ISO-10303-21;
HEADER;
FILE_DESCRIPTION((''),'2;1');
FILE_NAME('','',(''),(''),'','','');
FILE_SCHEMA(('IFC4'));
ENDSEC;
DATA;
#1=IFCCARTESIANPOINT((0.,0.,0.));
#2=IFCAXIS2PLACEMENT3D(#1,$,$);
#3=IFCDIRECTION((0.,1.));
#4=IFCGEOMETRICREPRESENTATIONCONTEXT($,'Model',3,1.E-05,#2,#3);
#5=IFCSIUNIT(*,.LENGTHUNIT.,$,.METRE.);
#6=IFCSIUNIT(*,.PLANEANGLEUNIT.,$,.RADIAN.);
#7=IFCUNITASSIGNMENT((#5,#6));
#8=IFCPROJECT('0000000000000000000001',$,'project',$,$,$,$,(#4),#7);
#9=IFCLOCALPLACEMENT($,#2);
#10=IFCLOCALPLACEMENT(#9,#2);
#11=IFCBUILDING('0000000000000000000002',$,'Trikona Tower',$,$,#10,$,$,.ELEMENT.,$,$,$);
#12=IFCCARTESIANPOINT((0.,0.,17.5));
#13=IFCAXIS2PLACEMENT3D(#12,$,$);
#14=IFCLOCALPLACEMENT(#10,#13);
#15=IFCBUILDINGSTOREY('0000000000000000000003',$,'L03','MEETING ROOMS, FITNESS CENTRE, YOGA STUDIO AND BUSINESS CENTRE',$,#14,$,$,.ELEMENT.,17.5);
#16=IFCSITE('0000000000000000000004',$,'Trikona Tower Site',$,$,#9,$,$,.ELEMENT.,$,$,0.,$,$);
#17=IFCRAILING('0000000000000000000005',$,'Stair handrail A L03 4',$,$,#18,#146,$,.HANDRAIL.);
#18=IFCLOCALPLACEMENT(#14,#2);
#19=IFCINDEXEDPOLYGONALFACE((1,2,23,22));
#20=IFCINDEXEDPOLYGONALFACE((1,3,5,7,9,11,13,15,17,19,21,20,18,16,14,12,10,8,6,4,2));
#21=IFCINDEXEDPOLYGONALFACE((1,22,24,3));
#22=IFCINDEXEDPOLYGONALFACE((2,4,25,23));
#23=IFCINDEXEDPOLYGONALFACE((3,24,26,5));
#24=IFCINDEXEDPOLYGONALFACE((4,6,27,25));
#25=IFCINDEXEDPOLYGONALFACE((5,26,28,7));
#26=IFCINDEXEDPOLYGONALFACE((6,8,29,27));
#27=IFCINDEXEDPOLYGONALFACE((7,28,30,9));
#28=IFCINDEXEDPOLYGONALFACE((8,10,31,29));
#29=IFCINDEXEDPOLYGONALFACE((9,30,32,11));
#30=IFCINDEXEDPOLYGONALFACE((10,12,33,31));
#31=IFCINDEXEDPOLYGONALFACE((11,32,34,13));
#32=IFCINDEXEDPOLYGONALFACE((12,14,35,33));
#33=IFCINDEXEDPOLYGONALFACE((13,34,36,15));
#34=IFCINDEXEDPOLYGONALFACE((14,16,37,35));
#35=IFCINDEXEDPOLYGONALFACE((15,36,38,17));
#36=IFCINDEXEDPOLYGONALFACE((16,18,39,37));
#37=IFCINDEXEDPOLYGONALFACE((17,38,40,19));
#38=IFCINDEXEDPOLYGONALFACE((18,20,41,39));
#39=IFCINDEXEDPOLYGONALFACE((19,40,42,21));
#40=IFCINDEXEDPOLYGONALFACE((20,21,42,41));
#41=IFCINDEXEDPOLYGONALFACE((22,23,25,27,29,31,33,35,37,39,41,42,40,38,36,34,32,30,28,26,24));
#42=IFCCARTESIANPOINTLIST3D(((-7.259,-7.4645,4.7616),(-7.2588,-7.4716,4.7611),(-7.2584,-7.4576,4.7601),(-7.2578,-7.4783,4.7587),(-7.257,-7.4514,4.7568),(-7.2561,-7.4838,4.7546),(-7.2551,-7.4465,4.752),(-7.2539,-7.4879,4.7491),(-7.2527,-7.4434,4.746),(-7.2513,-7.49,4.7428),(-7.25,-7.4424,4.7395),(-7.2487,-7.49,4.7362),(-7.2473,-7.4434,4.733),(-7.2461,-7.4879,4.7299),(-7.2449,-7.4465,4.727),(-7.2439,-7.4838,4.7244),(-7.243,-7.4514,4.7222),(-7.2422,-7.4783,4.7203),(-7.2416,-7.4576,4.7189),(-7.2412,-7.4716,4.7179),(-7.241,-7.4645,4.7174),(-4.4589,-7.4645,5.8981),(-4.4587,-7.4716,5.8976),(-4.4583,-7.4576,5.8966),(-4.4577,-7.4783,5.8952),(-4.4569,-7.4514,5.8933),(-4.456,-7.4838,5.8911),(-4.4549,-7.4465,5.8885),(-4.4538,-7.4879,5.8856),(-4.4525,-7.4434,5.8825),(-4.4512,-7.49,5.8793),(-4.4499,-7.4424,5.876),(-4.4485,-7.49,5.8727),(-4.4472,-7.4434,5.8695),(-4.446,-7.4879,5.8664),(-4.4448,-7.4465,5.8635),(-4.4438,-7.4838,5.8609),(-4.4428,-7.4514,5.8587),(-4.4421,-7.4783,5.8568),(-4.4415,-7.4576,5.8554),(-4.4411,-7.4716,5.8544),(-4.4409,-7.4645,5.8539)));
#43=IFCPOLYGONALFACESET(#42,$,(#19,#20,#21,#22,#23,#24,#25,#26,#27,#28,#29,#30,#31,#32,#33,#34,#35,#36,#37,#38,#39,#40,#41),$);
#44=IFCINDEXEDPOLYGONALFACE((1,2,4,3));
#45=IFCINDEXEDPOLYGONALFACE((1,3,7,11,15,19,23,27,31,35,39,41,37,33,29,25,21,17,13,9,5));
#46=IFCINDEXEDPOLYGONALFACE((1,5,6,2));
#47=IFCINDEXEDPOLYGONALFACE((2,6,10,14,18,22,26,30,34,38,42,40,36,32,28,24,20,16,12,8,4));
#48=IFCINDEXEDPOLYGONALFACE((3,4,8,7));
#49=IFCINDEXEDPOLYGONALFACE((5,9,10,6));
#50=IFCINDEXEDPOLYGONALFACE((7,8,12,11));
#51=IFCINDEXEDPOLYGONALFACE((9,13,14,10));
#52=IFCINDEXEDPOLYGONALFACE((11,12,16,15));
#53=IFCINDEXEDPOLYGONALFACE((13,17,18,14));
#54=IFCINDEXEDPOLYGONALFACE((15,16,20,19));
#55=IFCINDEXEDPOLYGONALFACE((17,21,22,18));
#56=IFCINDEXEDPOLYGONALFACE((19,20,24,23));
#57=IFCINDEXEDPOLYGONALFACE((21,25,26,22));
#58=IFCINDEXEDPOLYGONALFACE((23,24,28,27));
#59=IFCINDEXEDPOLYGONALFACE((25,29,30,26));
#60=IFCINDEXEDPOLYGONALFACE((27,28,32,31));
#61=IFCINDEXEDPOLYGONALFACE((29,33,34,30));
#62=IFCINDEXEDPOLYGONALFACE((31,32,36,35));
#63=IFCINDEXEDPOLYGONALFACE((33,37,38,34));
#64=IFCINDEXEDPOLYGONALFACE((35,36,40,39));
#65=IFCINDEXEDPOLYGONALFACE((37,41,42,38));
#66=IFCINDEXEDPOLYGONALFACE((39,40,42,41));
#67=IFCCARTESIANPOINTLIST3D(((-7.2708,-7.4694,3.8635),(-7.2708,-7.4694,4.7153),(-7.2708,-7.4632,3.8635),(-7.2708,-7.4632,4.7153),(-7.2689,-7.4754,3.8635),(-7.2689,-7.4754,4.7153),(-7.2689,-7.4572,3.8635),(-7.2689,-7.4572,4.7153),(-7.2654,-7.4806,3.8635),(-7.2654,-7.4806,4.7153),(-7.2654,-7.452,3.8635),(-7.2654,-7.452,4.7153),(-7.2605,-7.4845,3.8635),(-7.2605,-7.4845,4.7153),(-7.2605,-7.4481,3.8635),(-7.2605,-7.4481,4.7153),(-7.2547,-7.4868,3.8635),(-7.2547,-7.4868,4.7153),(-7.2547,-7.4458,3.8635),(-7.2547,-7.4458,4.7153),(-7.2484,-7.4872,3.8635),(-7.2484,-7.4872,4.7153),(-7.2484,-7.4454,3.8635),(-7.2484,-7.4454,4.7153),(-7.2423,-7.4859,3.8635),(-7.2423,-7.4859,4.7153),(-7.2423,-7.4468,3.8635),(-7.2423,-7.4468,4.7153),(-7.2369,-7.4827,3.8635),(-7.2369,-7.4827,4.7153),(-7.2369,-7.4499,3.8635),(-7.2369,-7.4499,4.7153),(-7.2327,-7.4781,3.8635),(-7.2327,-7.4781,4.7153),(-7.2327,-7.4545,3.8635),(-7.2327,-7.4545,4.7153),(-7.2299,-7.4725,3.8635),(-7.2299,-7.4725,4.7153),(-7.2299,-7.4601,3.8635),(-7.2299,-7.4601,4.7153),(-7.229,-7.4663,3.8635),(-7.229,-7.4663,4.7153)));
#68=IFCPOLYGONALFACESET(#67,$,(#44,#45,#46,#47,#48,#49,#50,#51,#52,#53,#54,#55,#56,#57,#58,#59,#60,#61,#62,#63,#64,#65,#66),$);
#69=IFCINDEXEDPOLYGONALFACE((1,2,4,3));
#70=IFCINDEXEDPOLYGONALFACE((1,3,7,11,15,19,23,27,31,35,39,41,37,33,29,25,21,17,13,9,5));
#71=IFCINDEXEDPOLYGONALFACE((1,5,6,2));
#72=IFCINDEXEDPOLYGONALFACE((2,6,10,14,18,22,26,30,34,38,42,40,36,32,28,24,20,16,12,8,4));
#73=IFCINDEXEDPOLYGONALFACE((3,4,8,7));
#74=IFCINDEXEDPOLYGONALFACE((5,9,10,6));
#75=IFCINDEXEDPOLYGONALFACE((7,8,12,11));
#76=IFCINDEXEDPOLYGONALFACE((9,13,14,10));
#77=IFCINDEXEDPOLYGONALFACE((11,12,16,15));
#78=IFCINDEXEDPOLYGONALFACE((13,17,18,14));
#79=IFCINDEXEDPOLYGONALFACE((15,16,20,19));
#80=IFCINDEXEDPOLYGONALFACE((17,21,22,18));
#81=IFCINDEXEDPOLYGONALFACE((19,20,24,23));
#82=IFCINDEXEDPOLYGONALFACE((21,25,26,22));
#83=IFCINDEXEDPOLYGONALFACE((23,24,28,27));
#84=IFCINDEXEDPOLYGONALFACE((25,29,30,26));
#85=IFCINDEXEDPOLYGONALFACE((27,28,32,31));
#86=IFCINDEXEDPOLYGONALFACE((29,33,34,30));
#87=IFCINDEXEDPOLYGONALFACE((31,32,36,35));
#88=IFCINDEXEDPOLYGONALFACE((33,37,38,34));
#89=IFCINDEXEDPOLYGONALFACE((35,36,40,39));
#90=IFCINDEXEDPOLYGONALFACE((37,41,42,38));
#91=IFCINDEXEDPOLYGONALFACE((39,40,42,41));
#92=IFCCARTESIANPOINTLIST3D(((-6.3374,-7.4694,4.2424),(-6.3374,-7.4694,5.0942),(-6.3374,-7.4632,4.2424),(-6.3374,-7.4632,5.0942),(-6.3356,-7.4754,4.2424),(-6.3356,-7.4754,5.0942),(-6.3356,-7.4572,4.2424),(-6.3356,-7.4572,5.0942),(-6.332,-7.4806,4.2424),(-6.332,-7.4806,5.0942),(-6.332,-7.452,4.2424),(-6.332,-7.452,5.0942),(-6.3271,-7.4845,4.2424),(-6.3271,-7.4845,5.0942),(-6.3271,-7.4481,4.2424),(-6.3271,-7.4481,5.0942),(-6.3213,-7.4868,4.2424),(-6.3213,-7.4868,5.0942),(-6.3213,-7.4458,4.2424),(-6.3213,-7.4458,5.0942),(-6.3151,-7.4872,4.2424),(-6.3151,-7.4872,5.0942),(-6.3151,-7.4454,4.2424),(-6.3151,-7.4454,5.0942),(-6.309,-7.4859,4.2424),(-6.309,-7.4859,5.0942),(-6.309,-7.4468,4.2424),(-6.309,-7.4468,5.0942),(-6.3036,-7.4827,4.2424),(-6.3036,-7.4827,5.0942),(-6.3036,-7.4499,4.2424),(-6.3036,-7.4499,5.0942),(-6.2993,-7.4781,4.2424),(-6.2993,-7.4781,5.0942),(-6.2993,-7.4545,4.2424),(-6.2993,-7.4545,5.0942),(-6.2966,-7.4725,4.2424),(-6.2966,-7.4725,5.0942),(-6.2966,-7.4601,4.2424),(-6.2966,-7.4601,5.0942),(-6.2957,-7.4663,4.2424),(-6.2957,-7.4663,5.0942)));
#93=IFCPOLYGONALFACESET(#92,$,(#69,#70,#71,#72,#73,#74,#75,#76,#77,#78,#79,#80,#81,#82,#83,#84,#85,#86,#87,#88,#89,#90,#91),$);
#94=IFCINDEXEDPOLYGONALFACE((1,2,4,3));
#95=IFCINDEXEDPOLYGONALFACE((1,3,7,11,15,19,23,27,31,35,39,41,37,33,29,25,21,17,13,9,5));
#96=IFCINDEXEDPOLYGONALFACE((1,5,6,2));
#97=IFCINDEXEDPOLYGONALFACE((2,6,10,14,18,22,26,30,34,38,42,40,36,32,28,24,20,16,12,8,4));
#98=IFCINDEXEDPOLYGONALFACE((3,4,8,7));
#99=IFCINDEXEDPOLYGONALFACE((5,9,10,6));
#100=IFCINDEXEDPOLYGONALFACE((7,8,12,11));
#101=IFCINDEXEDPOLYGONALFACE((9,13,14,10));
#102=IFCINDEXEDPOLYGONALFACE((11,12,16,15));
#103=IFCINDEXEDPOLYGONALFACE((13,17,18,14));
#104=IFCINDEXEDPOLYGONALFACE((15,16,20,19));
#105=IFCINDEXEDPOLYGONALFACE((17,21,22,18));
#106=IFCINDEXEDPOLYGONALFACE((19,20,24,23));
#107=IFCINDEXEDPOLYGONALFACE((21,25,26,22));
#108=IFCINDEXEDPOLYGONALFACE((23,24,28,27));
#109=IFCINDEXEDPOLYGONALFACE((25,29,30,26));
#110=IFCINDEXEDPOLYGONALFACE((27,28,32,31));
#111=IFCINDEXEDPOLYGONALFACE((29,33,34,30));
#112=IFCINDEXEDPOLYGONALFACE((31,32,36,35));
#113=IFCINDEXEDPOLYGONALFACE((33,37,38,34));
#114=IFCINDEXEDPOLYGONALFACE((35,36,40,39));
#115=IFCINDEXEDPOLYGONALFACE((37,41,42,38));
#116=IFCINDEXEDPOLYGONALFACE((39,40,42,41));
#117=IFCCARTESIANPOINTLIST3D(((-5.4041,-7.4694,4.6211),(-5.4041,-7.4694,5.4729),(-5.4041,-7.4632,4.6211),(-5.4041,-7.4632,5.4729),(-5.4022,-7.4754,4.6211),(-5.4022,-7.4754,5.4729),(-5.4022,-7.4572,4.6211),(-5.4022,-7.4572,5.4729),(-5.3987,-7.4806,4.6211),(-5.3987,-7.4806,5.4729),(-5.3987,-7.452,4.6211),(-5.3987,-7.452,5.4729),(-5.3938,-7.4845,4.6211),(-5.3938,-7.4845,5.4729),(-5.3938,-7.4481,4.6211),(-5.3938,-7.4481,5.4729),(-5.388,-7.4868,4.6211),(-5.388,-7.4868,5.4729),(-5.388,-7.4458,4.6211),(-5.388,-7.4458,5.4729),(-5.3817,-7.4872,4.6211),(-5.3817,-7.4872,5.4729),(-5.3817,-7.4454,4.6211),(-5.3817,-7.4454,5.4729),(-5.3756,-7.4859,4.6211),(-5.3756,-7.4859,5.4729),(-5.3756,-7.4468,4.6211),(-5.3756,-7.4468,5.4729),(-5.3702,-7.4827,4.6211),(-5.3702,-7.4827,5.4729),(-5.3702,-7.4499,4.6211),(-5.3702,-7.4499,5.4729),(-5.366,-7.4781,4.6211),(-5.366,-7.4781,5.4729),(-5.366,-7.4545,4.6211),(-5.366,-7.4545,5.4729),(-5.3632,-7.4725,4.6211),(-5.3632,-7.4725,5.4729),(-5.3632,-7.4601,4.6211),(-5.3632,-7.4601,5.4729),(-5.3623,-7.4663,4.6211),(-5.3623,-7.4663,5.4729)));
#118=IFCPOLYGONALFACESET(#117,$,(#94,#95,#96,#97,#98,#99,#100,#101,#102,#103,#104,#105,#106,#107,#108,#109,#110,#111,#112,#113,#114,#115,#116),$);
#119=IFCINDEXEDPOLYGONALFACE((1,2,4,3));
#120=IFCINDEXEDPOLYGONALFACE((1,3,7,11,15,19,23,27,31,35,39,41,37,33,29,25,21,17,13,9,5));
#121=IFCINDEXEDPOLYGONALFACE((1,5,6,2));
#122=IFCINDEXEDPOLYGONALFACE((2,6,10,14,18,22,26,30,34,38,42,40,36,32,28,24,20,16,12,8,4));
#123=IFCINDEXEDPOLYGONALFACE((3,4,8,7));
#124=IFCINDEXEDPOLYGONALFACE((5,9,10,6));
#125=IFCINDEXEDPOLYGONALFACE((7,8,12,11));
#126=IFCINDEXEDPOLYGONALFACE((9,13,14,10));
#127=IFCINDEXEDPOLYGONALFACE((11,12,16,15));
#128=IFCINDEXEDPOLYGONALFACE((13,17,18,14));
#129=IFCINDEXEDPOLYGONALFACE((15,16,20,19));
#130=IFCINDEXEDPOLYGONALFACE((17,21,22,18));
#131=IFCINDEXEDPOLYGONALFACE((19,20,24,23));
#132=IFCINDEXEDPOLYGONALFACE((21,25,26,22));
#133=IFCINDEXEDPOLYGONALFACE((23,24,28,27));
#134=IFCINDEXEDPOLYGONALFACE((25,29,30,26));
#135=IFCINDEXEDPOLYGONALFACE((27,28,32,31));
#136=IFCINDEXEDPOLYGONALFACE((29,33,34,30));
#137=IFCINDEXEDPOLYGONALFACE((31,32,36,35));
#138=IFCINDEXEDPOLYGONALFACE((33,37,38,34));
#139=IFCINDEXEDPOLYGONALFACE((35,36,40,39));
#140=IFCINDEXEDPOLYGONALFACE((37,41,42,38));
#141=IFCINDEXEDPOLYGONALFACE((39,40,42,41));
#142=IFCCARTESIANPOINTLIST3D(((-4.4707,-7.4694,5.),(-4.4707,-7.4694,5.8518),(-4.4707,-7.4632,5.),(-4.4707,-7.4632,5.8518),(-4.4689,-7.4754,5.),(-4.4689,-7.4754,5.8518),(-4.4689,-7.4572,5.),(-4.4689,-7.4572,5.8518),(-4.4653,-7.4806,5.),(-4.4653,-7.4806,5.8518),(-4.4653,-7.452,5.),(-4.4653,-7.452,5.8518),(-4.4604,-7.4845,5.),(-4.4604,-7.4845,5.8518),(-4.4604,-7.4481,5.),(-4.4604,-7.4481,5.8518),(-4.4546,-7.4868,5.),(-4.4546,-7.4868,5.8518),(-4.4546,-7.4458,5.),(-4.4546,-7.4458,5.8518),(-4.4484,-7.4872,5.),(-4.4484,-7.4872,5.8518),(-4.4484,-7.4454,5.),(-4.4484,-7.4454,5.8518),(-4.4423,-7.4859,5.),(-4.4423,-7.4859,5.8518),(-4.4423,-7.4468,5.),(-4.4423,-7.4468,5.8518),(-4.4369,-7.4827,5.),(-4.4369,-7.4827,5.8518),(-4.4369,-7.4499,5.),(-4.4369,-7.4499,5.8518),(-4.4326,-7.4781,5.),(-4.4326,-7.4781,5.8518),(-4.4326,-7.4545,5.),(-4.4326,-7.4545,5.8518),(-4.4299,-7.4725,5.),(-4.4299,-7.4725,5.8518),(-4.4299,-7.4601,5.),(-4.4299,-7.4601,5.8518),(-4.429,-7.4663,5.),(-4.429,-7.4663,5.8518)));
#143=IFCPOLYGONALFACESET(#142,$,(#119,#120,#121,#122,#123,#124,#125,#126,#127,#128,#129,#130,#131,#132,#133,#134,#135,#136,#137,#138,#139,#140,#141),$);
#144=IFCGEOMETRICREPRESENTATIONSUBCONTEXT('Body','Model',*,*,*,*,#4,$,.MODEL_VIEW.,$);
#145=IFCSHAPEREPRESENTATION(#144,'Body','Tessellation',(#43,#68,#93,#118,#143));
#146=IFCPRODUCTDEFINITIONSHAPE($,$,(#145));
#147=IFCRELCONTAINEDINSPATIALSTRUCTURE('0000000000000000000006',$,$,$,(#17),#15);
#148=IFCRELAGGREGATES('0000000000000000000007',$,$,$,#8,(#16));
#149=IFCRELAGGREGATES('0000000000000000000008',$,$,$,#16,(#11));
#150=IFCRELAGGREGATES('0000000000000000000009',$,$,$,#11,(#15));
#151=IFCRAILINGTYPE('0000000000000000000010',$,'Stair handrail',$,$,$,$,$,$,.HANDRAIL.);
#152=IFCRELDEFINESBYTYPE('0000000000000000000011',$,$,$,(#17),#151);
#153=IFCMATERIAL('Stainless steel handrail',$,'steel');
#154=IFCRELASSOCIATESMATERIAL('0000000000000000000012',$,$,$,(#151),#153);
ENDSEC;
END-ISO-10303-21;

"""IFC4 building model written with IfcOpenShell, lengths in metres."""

from ifc_helpers import new_model, si_unit, direction, frame, origin, origin_2d, place, context, subcontext, project, spatial, circle, extrude, material, type_object, element, save


model = new_model("IFC4")

# Units and contexts
model_context = context("Model", 3, precision=1e-05, world=origin(), true_north=direction((0.0, 1.0)))
body_context = subcontext(model_context, "Body", "Model", "MODEL_VIEW")
ifc_project = project(units=[si_unit("LENGTHUNIT", "METRE"), si_unit("PLANEANGLEUNIT", "RADIAN")], contexts=[model_context])

# Site, building, storey
site_placement = place(None, origin())
site = spatial("IfcSite", under=ifc_project, at=site_placement, Name="Trikona Tower Site", CompositionType="ELEMENT", RefElevation=0.0)
building_placement = place(site_placement, origin())
building = spatial("IfcBuilding", under=site, at=building_placement, Name="Trikona Tower", CompositionType="ELEMENT")
storey_placement = place(building_placement, frame((0.0, 0.0, 17.5)))
storey = spatial("IfcBuildingStorey", under=building, at=storey_placement, Name="L03", Description="MEETING ROOMS, FITNESS CENTRE, YOGA STUDIO AND BUSINESS CENTRE", CompositionType="ELEMENT", Elevation=17.5)

# Railing
ifc_material_1 = material(Name="Stainless steel handrail", Category="steel")
railing_type = type_object("IfcRailingType", Name="Stair handrail", PredefinedType="HANDRAIL", material=ifc_material_1)
railing_1_placement = place(storey_placement, frame((-7.25, -7.4663, 3.8635)))
element("IfcRailing", 1, at=railing_1_placement, inside=storey, type_object=railing_type, Name="Stair handrail A L03 4", PredefinedType="HANDRAIL", context=body_context, shape_type="SweptSolid", body=[
    extrude(circle(Radius=0.0239, at=origin_2d()), frame((0.0, 0.0, 0.876), z_axis=(0.926587, 0.0, 0.37608), x_axis=(0.0, 1.0, 0.0)), (0.0, 0.0, 1.0), 3.022),
    extrude(circle(Radius=0.021, at=origin_2d()), origin(), (0.0, 0.0, 1.0), 0.8518),
    extrude(circle(Radius=0.021, at=origin_2d()), frame((0.9333, 0.0, 0.3789)), (0.0, 0.0, 1.0), 0.8518),
    extrude(circle(Radius=0.021, at=origin_2d()), frame((1.8667, 0.0, 0.7576)), (0.0, 0.0, 1.0), 0.8518),
    extrude(circle(Radius=0.021, at=origin_2d()), frame((2.8, 0.0, 1.1365)), (0.0, 0.0, 1.0), 0.8518),
])

save(model, "model.ifc")
